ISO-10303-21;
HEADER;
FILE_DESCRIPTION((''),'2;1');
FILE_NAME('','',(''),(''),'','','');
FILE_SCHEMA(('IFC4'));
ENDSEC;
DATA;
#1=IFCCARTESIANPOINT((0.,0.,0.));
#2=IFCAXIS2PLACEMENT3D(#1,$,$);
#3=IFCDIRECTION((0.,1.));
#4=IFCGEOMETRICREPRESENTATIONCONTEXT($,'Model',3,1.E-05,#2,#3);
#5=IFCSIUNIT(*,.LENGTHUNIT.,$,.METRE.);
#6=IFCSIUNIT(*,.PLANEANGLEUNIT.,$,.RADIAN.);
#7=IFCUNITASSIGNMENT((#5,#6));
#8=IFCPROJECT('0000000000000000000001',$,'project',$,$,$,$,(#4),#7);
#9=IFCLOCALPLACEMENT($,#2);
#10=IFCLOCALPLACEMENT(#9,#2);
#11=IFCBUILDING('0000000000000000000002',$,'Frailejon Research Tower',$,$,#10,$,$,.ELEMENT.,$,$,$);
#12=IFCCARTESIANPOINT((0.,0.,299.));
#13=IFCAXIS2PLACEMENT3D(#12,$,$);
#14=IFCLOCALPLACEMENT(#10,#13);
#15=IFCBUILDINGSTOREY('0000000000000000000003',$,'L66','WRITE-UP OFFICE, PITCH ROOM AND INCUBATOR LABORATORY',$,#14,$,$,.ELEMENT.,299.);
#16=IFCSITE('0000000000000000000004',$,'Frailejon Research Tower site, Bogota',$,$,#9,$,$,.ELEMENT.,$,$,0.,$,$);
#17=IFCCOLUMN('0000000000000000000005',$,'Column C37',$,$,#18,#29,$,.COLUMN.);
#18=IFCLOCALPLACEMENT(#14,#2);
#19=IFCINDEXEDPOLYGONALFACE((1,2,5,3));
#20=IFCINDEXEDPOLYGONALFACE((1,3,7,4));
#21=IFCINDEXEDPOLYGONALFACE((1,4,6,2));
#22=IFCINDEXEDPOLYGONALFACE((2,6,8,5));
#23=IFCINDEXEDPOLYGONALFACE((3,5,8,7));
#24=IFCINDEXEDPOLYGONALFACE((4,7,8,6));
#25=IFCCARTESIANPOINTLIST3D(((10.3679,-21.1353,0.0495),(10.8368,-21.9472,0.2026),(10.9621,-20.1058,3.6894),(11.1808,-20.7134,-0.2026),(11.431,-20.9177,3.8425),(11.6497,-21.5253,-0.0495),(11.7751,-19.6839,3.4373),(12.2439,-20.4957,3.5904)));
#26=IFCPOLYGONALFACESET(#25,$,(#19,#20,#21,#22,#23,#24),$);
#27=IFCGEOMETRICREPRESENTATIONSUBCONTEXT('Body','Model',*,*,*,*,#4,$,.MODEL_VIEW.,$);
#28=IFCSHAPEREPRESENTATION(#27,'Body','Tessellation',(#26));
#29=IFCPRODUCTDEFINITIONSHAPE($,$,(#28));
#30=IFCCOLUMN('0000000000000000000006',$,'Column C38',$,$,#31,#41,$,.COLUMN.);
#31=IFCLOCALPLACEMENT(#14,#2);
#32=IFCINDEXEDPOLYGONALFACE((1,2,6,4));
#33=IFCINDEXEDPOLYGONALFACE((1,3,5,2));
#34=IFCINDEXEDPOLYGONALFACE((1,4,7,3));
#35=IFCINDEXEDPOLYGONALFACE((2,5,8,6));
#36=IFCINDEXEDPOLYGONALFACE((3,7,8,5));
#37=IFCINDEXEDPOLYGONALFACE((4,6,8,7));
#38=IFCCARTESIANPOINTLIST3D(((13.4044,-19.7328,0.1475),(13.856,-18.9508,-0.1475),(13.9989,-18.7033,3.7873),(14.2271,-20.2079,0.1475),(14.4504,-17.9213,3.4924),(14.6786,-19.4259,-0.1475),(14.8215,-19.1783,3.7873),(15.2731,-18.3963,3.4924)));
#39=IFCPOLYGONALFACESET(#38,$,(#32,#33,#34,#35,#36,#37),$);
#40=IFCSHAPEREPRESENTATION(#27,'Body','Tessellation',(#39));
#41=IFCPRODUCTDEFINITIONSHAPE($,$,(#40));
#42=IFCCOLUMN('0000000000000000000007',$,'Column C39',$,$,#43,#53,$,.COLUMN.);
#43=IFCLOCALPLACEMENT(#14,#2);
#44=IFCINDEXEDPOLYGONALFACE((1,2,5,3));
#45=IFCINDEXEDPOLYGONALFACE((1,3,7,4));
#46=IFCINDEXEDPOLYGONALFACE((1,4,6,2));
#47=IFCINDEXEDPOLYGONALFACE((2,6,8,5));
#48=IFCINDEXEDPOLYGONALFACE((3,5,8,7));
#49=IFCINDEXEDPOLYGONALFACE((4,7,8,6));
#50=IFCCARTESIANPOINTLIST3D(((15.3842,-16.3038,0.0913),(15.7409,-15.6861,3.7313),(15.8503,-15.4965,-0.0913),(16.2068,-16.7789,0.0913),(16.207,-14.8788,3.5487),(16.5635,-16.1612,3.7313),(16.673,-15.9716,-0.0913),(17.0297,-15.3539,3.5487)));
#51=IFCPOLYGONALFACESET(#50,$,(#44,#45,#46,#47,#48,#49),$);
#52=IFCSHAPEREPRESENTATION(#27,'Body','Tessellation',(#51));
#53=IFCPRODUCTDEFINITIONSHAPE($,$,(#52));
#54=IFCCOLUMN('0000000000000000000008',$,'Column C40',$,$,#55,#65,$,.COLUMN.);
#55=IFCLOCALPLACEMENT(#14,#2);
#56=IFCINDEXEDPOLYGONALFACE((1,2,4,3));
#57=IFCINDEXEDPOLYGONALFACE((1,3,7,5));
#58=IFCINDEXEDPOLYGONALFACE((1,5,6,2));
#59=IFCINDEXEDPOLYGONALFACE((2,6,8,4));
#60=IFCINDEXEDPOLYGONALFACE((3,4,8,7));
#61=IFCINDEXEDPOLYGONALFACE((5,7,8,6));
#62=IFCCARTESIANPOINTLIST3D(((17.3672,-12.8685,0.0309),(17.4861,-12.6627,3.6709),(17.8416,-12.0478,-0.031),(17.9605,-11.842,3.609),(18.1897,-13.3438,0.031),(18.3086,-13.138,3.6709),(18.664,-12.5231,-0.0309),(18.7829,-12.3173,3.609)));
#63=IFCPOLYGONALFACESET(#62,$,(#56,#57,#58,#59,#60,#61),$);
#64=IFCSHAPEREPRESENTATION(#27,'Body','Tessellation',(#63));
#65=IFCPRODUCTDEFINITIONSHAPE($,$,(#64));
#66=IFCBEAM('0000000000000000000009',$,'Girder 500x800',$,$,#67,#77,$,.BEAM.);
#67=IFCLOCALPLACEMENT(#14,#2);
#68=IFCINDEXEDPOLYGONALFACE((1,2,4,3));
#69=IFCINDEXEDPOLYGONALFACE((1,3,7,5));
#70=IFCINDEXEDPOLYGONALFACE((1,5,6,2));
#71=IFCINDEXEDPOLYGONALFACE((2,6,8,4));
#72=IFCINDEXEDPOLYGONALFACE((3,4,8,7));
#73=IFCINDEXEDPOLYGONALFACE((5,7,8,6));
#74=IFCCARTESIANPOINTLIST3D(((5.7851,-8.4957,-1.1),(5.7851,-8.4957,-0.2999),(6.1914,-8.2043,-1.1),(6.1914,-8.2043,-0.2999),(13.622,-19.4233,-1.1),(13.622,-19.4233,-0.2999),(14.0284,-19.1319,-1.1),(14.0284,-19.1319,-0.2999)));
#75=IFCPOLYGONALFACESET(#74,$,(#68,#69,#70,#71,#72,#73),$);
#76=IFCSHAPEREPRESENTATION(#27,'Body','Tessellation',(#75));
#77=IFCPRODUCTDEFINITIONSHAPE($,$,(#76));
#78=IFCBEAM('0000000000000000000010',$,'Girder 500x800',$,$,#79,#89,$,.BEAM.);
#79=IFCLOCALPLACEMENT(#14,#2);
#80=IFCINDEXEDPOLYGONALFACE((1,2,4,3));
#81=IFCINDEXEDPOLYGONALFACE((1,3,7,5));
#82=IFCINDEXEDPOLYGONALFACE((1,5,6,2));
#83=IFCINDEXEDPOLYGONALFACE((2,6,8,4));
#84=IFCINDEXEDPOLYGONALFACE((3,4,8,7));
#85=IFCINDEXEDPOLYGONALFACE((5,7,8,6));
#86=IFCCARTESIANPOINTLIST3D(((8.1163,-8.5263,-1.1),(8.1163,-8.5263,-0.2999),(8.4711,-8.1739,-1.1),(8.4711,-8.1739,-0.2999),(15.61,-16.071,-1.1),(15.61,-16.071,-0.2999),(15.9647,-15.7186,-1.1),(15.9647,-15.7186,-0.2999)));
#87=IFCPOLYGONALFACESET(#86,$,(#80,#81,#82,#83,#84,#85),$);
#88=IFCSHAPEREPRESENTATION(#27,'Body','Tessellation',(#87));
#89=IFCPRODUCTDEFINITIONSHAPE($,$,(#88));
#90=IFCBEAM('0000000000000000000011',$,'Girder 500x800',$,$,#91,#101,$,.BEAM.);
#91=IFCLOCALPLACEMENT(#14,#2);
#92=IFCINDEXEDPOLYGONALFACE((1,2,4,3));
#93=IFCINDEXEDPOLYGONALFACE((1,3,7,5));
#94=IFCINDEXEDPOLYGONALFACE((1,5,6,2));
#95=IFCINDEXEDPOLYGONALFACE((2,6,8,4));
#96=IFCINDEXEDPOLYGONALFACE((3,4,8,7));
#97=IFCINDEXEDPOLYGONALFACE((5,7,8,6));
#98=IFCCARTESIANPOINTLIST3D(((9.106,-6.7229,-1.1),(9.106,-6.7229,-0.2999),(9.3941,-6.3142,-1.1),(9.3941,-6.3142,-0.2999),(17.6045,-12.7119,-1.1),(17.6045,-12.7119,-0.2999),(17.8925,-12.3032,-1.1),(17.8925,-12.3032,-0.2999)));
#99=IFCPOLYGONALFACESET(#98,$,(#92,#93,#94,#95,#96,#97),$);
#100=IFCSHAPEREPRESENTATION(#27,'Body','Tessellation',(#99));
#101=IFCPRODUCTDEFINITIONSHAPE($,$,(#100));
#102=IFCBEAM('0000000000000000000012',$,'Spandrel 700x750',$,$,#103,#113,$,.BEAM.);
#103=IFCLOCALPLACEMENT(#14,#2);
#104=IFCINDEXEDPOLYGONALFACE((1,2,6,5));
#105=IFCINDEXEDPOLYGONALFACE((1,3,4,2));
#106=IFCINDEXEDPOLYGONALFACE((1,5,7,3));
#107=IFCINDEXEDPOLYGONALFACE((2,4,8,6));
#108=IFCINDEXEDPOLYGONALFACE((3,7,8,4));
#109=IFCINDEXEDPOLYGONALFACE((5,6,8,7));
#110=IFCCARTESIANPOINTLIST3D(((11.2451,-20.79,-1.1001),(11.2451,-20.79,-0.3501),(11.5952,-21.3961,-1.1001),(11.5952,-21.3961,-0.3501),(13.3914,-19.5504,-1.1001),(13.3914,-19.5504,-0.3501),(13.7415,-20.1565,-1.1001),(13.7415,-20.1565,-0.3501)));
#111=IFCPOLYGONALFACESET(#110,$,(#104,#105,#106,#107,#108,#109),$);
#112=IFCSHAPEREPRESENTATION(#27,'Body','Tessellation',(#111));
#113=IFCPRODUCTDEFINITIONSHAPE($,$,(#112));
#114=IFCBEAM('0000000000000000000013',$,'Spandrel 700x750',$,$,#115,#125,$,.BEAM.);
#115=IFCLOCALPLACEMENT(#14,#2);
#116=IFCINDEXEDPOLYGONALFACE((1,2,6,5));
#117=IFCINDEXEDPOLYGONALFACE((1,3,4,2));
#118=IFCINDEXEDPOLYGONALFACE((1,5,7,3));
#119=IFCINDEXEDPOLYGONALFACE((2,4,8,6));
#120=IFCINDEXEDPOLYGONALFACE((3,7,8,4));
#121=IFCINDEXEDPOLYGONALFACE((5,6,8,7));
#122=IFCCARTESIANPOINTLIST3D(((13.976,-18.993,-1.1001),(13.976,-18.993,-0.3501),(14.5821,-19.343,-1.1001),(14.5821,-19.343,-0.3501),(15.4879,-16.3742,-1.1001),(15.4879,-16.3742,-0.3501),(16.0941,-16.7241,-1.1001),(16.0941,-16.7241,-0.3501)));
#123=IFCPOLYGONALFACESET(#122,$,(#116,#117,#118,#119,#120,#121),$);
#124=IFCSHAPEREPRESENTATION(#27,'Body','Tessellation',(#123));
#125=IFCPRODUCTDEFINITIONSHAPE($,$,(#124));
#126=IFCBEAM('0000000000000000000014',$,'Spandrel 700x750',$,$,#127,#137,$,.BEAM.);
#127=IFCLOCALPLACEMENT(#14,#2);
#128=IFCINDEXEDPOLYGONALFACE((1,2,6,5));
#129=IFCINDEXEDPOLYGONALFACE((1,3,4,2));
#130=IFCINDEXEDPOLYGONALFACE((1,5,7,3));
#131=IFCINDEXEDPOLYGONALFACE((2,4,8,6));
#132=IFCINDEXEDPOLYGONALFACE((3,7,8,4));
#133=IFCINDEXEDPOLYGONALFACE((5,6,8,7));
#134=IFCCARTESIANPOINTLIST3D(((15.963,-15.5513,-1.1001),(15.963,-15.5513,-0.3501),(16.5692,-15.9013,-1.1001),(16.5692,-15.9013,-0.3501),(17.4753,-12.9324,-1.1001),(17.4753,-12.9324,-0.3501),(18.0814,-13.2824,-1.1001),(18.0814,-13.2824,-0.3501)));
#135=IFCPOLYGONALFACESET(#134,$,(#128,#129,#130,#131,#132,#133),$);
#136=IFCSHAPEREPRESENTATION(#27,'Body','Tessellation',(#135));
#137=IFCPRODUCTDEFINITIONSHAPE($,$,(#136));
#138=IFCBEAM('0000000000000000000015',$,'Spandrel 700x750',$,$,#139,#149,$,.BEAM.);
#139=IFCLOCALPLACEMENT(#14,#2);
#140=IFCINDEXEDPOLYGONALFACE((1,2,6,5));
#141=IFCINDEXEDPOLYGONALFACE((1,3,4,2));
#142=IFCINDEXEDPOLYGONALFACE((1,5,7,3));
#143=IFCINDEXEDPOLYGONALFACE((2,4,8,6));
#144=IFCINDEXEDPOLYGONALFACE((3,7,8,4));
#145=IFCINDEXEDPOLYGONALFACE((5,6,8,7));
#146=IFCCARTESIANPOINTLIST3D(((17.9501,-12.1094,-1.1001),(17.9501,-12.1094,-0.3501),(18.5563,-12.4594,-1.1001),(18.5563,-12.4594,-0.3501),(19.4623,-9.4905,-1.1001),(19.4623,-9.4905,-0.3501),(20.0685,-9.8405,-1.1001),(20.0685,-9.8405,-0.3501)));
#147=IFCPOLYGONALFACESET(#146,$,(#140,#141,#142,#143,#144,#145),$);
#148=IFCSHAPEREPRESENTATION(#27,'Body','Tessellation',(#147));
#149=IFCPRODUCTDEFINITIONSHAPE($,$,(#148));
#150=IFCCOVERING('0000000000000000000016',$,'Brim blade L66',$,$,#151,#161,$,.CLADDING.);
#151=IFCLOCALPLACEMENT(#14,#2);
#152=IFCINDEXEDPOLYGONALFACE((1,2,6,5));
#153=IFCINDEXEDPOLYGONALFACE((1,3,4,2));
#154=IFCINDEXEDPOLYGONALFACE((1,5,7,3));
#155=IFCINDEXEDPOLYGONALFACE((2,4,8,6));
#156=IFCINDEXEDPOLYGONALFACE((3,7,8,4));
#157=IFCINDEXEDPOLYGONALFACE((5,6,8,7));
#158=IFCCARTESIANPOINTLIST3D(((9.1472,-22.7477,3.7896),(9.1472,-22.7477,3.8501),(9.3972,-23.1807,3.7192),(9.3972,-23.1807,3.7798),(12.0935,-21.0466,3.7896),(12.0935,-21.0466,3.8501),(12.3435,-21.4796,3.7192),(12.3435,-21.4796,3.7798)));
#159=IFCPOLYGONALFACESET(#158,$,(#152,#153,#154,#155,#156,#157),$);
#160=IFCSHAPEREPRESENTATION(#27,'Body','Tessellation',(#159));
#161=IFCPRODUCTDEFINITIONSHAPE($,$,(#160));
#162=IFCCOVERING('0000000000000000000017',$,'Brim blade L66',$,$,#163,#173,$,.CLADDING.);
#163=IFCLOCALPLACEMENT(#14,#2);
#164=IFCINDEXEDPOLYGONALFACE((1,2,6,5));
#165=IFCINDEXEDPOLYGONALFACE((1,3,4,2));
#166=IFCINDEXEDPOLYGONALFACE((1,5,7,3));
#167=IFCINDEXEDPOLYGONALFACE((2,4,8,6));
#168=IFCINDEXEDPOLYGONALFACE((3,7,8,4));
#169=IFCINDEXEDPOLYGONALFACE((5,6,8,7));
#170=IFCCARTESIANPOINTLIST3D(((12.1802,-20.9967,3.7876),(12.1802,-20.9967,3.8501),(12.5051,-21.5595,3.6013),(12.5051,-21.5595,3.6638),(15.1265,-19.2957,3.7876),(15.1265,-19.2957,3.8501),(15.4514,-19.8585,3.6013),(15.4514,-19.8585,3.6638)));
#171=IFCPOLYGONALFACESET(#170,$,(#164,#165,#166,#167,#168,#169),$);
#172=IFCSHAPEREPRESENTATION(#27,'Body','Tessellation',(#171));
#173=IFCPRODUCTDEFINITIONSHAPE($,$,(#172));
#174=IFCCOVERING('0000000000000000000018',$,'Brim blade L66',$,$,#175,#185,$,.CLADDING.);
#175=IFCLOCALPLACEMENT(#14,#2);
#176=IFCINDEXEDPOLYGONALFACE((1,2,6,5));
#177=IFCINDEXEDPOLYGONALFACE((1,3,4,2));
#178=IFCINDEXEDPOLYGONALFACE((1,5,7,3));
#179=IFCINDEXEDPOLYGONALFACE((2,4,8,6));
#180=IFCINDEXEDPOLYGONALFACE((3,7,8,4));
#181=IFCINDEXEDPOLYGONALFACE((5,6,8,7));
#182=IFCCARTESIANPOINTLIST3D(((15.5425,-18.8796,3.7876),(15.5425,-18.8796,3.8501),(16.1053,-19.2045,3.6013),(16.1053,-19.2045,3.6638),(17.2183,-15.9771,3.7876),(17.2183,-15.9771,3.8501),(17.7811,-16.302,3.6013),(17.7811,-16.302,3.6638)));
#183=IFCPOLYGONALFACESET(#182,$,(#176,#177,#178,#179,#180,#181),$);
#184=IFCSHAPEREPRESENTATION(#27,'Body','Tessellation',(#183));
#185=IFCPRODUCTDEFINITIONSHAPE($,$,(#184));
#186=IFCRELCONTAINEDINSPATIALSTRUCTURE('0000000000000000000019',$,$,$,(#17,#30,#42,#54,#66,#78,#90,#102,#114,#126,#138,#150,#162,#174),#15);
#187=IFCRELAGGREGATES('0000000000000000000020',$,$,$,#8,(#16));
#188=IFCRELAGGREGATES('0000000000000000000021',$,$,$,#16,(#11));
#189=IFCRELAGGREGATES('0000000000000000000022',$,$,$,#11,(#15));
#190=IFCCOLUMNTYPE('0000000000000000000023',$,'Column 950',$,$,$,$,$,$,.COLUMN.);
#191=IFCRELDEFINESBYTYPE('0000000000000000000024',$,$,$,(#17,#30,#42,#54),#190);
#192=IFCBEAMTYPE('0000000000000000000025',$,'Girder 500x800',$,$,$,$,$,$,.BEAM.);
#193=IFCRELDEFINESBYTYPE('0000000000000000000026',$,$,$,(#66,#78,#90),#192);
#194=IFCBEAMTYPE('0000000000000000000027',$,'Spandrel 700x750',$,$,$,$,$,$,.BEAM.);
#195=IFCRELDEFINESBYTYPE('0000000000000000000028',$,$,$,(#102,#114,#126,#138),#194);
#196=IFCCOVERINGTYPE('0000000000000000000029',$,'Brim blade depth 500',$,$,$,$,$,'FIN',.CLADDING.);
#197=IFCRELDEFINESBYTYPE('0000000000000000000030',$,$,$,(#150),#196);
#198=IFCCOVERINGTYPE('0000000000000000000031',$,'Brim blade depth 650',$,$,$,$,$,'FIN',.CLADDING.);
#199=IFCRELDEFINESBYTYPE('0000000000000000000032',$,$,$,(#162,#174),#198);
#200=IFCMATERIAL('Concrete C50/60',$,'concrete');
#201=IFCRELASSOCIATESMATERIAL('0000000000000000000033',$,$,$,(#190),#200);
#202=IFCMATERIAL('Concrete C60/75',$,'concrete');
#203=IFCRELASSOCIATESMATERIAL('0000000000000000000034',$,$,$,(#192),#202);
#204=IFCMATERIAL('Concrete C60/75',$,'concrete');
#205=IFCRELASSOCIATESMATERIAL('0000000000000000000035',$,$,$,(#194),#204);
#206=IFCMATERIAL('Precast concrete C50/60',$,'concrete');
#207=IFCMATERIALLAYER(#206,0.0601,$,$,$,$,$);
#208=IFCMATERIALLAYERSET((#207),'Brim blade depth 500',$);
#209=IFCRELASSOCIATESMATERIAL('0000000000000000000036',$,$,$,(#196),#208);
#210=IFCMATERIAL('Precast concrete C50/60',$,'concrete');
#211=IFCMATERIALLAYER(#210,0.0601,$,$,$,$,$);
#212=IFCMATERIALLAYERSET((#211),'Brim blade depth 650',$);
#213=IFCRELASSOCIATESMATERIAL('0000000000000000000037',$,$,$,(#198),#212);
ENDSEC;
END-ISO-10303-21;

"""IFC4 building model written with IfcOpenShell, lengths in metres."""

from ifc_helpers import new_model, si_unit, direction, frame, origin, origin_2d, place, context, subcontext, project, spatial, polyline, rectangle, outline, extrude, material, layer, layer_set, material_profile, profile_set, type_object, element, save


model = new_model("IFC4")

# Units and contexts
model_context = context("Model", 3, precision=1e-05, world=origin(), true_north=direction((0.0, 1.0)))
body_context = subcontext(model_context, "Body", "Model", "MODEL_VIEW")
ifc_project = project(units=[si_unit("LENGTHUNIT", "METRE"), si_unit("PLANEANGLEUNIT", "RADIAN")], contexts=[model_context])

# Site, building, storey
site_placement = place(None, origin())
site = spatial("IfcSite", under=ifc_project, at=site_placement, Name="Frailejon Research Tower site, Bogota", CompositionType="ELEMENT", RefElevation=0.0)
building_placement = place(site_placement, origin())
building = spatial("IfcBuilding", under=site, at=building_placement, Name="Frailejon Research Tower", CompositionType="ELEMENT")
storey_placement = place(building_placement, frame((0.0, 0.0, 299.0)))
storey = spatial("IfcBuildingStorey", under=building, at=storey_placement, Name="L66", Description="WRITE-UP OFFICE, PITCH ROOM AND INCUBATOR LABORATORY", CompositionType="ELEMENT", Elevation=299.0)

# Columns
ifc_material_1 = material(Name="Concrete C50/60", Category="concrete")
ifc_material_profile_1 = material_profile(ifc_material_1, rectangle(XDim=0.95, YDim=0.95, at=origin_2d()), Name="Column 950")
ifc_profile_set_1 = profile_set([ifc_material_profile_1], Name="Concrete C50/60")
column_type = type_object("IfcColumnType", Name="Column 950", PredefinedType="COLUMN", material=ifc_profile_set_1)
for number, where, z_axis, x_axis, name in (
    (1, (11.0088, -21.3303, 0.0), (0.155191, 0.268874, 0.950591), (0.855755, 0.444161, -0.265339), "Column C37"),
    (2, (14.0415, -19.5793, 0.0), (0.155253, 0.268871, 0.950581), (0.475346, 0.823196, -0.310476), "Column C38"),
):
    element("IfcColumn", number, at=place(storey_placement, frame(where, z_axis=z_axis, x_axis=x_axis)), inside=storey, type_object=column_type, Name=name, PredefinedType="COLUMN", context=body_context, shape_type="SweptSolid", body=[
        extrude(rectangle(XDim=0.95, YDim=0.95, at=origin_2d()), origin(), (0.0, 0.0, 1.0), 3.8291),
    ])
column_1_placement = place(storey_placement, frame((16.0286, -16.1377, 0.0), z_axis=(0.096166, 0.166529, 0.981336), x_axis=(0.490749, 0.849815, -0.192301)))
element("IfcColumn", 3, at=column_1_placement, inside=storey, type_object=column_type, Name="Column C39", PredefinedType="COLUMN", context=body_context, shape_type="SweptSolid", body=[
    extrude(rectangle(XDim=0.95, YDim=0.95, at=origin_2d()), origin(), (0.0, 0.0, 1.0), 3.7092),
])
column_2_placement = place(storey_placement, frame((18.0156, -12.6958, 0.0), z_axis=(0.032595, 0.056423, 0.997875), x_axis=(0.499319, 0.863965, -0.065161)))
element("IfcColumn", 4, at=column_2_placement, inside=storey, type_object=column_type, Name="Column C40", PredefinedType="COLUMN", context=body_context, shape_type="SweptSolid", body=[
    extrude(rectangle(XDim=0.95, YDim=0.95, at=origin_2d()), origin(), (0.0, 0.0, 1.0), 3.6477),
])

# Beams
ifc_material_2 = material(Name="Concrete C60/75", Category="concrete")
ifc_material_profile_2 = material_profile(ifc_material_2, rectangle(XDim=0.5, YDim=0.8, at=origin_2d()), Name="Girder 500x800")
ifc_profile_set_2 = profile_set([ifc_material_profile_2], Name="Concrete C60/75")
beam_type_1 = type_object("IfcBeamType", Name="Girder 500x800", PredefinedType="BEAM", material=ifc_profile_set_2)
beam_1_placement = place(storey_placement, frame((13.8252, -19.2776, -0.7), z_axis=(-0.582791, 0.812622, 0.0), x_axis=(-0.812622, -0.582791, 0.0)))
element("IfcBeam", 5, at=beam_1_placement, inside=storey, type_object=beam_type_1, Name="Girder 500x800", PredefinedType="BEAM", context=body_context, shape_type="SweptSolid", body=[
    extrude(rectangle(XDim=0.5, YDim=0.8, at=origin_2d()), origin(), (0.0, 0.0, 1.0), 13.4473),
])
beam_2_placement = place(storey_placement, frame((15.7874, -15.8948, -0.7), z_axis=(-0.704703, 0.709502, 0.0), x_axis=(-0.709502, -0.704703, 0.0)))
element("IfcBeam", 6, at=beam_2_placement, inside=storey, type_object=beam_type_1, Name="Girder 500x800", PredefinedType="BEAM", context=body_context, shape_type="SweptSolid", body=[
    extrude(rectangle(XDim=0.5, YDim=0.8, at=origin_2d()), origin(), (0.0, 0.0, 1.0), 10.6338),
])
beam_3_placement = place(storey_placement, frame((17.7485, -12.5076, -0.7), z_axis=(-0.817419, 0.576044, 0.0), x_axis=(-0.576044, -0.817419, 0.0)))
element("IfcBeam", 7, at=beam_3_placement, inside=storey, type_object=beam_type_1, Name="Girder 500x800", PredefinedType="BEAM", context=body_context, shape_type="SweptSolid", body=[
    extrude(rectangle(XDim=0.5, YDim=0.8, at=origin_2d()), origin(), (0.0, 0.0, 1.0), 10.3967),
])
ifc_material_3 = material(Name="Concrete C60/75", Category="concrete")
ifc_material_profile_3 = material_profile(ifc_material_3, rectangle(XDim=0.7, YDim=0.75, at=origin_2d()), Name="Spandrel 700x750")
ifc_profile_set_3 = profile_set([ifc_material_profile_3], Name="Concrete C60/75")
beam_type_2 = type_object("IfcBeamType", Name="Spandrel 700x750", PredefinedType="BEAM", material=ifc_profile_set_3)
beam_4_placement = place(storey_placement, frame((11.4202, -21.093, -0.7251), z_axis=(0.865961, 0.500112, 0.0), x_axis=(-0.500112, 0.865961, 0.0)))
element("IfcBeam", 8, at=beam_4_placement, inside=storey, type_object=beam_type_2, Name="Spandrel 700x750", PredefinedType="BEAM", context=body_context, shape_type="SweptSolid", body=[
    extrude(rectangle(XDim=0.7, YDim=0.75, at=origin_2d()), origin(), (0.0, 0.0, 1.0), 2.4785),
])
beam_5_placement = place(storey_placement, frame((14.2791, -19.168, -0.7251), z_axis=(0.499986, 0.866034, 0.0), x_axis=(-0.866034, 0.499986, 0.0)))
element("IfcBeam", 9, at=beam_5_placement, inside=storey, type_object=beam_type_2, Name="Spandrel 700x750", PredefinedType="BEAM", context=body_context, shape_type="SweptSolid", body=[
    extrude(rectangle(XDim=0.7, YDim=0.75, at=origin_2d()), origin(), (0.0, 0.0, 1.0), 3.0239),
])
for number, where, z_axis, x_axis, name in (
    (10, (16.2661, -15.7263, -0.7251), (0.500046, 0.865999, 0.0), (-0.865999, 0.500046, 0.0), "Spandrel 700x750"),
    (11, (18.2532, -12.2844, -0.7251), (0.500046, 0.865999, 0.0), (-0.865999, 0.500046, 0.0), "Spandrel 700x750"),
):
    element("IfcBeam", number, at=place(storey_placement, frame(where, z_axis=z_axis, x_axis=x_axis)), inside=storey, type_object=beam_type_2, Name=name, PredefinedType="BEAM", context=body_context, shape_type="SweptSolid", body=[
        extrude(rectangle(XDim=0.7, YDim=0.75, at=origin_2d()), origin(), (0.0, 0.0, 1.0), 3.0242),
    ])

# Coverings
ifc_material_4 = material(Name="Precast concrete C50/60", Category="concrete")
ifc_layer_1 = layer(ifc_material_4, 0.0601)
ifc_layer_set_1 = layer_set([ifc_layer_1], Name="Brim blade depth 500")
covering_type_1 = type_object("IfcCoveringType", Name="Brim blade depth 500", ElementType="FIN", PredefinedType="CLADDING", material=ifc_layer_set_1)
covering_1_placement = place(storey_placement, frame((12.0935, -21.0466, 3.8501), z_axis=(-0.866024, -0.500003, 0.0), x_axis=(0.500003, -0.866024, 0.0)))
element("IfcCovering", 12, at=covering_1_placement, inside=storey, type_object=covering_type_1, Name="Brim blade L66", PredefinedType="CLADDING", context=body_context, shape_type="SweptSolid", body=[
    extrude(outline(polyline([(0.0, -0.0605), (0.5, -0.1309), (0.5, -0.0703), (0.0, 0.0), (0.0, -0.0605)])), origin(), (0.0, 0.0, 1.0), 3.4021),
])
ifc_material_5 = material(Name="Precast concrete C50/60", Category="concrete")
ifc_layer_2 = layer(ifc_material_5, 0.0601)
ifc_layer_set_2 = layer_set([ifc_layer_2], Name="Brim blade depth 650")
covering_type_2 = type_object("IfcCoveringType", Name="Brim blade depth 650", ElementType="FIN", PredefinedType="CLADDING", material=ifc_layer_set_2)
covering_2_placement = place(storey_placement, frame((15.1265, -19.2957, 3.8501), z_axis=(-0.866024, -0.500003, 0.0), x_axis=(0.500003, -0.866024, 0.0)))
element("IfcCovering", 13, at=covering_2_placement, inside=storey, type_object=covering_type_2, Name="Brim blade L66", PredefinedType="CLADDING", context=body_context, shape_type="SweptSolid", body=[
    extrude(outline(polyline([(0.0, -0.0625), (0.6499, -0.2488), (0.6499, -0.1863), (0.0, 0.0), (0.0, -0.0625)])), origin(), (0.0, 0.0, 1.0), 3.4021),
])
covering_3_placement = place(storey_placement, frame((17.2183, -15.9771, 3.8501), z_axis=(-0.499997, -0.866027, 0.0), x_axis=(0.866027, -0.499997, 0.0)))
element("IfcCovering", 14, at=covering_3_placement, inside=storey, type_object=covering_type_2, Name="Brim blade L66", PredefinedType="CLADDING", context=body_context, shape_type="SweptSolid", body=[
    extrude(outline(polyline([(0.0, -0.0625), (0.6499, -0.2488), (0.6499, -0.1863), (0.0, 0.0), (0.0, -0.0625)])), origin(), (0.0, 0.0, 1.0), 3.3516),
])

save(model, "model.ifc")
